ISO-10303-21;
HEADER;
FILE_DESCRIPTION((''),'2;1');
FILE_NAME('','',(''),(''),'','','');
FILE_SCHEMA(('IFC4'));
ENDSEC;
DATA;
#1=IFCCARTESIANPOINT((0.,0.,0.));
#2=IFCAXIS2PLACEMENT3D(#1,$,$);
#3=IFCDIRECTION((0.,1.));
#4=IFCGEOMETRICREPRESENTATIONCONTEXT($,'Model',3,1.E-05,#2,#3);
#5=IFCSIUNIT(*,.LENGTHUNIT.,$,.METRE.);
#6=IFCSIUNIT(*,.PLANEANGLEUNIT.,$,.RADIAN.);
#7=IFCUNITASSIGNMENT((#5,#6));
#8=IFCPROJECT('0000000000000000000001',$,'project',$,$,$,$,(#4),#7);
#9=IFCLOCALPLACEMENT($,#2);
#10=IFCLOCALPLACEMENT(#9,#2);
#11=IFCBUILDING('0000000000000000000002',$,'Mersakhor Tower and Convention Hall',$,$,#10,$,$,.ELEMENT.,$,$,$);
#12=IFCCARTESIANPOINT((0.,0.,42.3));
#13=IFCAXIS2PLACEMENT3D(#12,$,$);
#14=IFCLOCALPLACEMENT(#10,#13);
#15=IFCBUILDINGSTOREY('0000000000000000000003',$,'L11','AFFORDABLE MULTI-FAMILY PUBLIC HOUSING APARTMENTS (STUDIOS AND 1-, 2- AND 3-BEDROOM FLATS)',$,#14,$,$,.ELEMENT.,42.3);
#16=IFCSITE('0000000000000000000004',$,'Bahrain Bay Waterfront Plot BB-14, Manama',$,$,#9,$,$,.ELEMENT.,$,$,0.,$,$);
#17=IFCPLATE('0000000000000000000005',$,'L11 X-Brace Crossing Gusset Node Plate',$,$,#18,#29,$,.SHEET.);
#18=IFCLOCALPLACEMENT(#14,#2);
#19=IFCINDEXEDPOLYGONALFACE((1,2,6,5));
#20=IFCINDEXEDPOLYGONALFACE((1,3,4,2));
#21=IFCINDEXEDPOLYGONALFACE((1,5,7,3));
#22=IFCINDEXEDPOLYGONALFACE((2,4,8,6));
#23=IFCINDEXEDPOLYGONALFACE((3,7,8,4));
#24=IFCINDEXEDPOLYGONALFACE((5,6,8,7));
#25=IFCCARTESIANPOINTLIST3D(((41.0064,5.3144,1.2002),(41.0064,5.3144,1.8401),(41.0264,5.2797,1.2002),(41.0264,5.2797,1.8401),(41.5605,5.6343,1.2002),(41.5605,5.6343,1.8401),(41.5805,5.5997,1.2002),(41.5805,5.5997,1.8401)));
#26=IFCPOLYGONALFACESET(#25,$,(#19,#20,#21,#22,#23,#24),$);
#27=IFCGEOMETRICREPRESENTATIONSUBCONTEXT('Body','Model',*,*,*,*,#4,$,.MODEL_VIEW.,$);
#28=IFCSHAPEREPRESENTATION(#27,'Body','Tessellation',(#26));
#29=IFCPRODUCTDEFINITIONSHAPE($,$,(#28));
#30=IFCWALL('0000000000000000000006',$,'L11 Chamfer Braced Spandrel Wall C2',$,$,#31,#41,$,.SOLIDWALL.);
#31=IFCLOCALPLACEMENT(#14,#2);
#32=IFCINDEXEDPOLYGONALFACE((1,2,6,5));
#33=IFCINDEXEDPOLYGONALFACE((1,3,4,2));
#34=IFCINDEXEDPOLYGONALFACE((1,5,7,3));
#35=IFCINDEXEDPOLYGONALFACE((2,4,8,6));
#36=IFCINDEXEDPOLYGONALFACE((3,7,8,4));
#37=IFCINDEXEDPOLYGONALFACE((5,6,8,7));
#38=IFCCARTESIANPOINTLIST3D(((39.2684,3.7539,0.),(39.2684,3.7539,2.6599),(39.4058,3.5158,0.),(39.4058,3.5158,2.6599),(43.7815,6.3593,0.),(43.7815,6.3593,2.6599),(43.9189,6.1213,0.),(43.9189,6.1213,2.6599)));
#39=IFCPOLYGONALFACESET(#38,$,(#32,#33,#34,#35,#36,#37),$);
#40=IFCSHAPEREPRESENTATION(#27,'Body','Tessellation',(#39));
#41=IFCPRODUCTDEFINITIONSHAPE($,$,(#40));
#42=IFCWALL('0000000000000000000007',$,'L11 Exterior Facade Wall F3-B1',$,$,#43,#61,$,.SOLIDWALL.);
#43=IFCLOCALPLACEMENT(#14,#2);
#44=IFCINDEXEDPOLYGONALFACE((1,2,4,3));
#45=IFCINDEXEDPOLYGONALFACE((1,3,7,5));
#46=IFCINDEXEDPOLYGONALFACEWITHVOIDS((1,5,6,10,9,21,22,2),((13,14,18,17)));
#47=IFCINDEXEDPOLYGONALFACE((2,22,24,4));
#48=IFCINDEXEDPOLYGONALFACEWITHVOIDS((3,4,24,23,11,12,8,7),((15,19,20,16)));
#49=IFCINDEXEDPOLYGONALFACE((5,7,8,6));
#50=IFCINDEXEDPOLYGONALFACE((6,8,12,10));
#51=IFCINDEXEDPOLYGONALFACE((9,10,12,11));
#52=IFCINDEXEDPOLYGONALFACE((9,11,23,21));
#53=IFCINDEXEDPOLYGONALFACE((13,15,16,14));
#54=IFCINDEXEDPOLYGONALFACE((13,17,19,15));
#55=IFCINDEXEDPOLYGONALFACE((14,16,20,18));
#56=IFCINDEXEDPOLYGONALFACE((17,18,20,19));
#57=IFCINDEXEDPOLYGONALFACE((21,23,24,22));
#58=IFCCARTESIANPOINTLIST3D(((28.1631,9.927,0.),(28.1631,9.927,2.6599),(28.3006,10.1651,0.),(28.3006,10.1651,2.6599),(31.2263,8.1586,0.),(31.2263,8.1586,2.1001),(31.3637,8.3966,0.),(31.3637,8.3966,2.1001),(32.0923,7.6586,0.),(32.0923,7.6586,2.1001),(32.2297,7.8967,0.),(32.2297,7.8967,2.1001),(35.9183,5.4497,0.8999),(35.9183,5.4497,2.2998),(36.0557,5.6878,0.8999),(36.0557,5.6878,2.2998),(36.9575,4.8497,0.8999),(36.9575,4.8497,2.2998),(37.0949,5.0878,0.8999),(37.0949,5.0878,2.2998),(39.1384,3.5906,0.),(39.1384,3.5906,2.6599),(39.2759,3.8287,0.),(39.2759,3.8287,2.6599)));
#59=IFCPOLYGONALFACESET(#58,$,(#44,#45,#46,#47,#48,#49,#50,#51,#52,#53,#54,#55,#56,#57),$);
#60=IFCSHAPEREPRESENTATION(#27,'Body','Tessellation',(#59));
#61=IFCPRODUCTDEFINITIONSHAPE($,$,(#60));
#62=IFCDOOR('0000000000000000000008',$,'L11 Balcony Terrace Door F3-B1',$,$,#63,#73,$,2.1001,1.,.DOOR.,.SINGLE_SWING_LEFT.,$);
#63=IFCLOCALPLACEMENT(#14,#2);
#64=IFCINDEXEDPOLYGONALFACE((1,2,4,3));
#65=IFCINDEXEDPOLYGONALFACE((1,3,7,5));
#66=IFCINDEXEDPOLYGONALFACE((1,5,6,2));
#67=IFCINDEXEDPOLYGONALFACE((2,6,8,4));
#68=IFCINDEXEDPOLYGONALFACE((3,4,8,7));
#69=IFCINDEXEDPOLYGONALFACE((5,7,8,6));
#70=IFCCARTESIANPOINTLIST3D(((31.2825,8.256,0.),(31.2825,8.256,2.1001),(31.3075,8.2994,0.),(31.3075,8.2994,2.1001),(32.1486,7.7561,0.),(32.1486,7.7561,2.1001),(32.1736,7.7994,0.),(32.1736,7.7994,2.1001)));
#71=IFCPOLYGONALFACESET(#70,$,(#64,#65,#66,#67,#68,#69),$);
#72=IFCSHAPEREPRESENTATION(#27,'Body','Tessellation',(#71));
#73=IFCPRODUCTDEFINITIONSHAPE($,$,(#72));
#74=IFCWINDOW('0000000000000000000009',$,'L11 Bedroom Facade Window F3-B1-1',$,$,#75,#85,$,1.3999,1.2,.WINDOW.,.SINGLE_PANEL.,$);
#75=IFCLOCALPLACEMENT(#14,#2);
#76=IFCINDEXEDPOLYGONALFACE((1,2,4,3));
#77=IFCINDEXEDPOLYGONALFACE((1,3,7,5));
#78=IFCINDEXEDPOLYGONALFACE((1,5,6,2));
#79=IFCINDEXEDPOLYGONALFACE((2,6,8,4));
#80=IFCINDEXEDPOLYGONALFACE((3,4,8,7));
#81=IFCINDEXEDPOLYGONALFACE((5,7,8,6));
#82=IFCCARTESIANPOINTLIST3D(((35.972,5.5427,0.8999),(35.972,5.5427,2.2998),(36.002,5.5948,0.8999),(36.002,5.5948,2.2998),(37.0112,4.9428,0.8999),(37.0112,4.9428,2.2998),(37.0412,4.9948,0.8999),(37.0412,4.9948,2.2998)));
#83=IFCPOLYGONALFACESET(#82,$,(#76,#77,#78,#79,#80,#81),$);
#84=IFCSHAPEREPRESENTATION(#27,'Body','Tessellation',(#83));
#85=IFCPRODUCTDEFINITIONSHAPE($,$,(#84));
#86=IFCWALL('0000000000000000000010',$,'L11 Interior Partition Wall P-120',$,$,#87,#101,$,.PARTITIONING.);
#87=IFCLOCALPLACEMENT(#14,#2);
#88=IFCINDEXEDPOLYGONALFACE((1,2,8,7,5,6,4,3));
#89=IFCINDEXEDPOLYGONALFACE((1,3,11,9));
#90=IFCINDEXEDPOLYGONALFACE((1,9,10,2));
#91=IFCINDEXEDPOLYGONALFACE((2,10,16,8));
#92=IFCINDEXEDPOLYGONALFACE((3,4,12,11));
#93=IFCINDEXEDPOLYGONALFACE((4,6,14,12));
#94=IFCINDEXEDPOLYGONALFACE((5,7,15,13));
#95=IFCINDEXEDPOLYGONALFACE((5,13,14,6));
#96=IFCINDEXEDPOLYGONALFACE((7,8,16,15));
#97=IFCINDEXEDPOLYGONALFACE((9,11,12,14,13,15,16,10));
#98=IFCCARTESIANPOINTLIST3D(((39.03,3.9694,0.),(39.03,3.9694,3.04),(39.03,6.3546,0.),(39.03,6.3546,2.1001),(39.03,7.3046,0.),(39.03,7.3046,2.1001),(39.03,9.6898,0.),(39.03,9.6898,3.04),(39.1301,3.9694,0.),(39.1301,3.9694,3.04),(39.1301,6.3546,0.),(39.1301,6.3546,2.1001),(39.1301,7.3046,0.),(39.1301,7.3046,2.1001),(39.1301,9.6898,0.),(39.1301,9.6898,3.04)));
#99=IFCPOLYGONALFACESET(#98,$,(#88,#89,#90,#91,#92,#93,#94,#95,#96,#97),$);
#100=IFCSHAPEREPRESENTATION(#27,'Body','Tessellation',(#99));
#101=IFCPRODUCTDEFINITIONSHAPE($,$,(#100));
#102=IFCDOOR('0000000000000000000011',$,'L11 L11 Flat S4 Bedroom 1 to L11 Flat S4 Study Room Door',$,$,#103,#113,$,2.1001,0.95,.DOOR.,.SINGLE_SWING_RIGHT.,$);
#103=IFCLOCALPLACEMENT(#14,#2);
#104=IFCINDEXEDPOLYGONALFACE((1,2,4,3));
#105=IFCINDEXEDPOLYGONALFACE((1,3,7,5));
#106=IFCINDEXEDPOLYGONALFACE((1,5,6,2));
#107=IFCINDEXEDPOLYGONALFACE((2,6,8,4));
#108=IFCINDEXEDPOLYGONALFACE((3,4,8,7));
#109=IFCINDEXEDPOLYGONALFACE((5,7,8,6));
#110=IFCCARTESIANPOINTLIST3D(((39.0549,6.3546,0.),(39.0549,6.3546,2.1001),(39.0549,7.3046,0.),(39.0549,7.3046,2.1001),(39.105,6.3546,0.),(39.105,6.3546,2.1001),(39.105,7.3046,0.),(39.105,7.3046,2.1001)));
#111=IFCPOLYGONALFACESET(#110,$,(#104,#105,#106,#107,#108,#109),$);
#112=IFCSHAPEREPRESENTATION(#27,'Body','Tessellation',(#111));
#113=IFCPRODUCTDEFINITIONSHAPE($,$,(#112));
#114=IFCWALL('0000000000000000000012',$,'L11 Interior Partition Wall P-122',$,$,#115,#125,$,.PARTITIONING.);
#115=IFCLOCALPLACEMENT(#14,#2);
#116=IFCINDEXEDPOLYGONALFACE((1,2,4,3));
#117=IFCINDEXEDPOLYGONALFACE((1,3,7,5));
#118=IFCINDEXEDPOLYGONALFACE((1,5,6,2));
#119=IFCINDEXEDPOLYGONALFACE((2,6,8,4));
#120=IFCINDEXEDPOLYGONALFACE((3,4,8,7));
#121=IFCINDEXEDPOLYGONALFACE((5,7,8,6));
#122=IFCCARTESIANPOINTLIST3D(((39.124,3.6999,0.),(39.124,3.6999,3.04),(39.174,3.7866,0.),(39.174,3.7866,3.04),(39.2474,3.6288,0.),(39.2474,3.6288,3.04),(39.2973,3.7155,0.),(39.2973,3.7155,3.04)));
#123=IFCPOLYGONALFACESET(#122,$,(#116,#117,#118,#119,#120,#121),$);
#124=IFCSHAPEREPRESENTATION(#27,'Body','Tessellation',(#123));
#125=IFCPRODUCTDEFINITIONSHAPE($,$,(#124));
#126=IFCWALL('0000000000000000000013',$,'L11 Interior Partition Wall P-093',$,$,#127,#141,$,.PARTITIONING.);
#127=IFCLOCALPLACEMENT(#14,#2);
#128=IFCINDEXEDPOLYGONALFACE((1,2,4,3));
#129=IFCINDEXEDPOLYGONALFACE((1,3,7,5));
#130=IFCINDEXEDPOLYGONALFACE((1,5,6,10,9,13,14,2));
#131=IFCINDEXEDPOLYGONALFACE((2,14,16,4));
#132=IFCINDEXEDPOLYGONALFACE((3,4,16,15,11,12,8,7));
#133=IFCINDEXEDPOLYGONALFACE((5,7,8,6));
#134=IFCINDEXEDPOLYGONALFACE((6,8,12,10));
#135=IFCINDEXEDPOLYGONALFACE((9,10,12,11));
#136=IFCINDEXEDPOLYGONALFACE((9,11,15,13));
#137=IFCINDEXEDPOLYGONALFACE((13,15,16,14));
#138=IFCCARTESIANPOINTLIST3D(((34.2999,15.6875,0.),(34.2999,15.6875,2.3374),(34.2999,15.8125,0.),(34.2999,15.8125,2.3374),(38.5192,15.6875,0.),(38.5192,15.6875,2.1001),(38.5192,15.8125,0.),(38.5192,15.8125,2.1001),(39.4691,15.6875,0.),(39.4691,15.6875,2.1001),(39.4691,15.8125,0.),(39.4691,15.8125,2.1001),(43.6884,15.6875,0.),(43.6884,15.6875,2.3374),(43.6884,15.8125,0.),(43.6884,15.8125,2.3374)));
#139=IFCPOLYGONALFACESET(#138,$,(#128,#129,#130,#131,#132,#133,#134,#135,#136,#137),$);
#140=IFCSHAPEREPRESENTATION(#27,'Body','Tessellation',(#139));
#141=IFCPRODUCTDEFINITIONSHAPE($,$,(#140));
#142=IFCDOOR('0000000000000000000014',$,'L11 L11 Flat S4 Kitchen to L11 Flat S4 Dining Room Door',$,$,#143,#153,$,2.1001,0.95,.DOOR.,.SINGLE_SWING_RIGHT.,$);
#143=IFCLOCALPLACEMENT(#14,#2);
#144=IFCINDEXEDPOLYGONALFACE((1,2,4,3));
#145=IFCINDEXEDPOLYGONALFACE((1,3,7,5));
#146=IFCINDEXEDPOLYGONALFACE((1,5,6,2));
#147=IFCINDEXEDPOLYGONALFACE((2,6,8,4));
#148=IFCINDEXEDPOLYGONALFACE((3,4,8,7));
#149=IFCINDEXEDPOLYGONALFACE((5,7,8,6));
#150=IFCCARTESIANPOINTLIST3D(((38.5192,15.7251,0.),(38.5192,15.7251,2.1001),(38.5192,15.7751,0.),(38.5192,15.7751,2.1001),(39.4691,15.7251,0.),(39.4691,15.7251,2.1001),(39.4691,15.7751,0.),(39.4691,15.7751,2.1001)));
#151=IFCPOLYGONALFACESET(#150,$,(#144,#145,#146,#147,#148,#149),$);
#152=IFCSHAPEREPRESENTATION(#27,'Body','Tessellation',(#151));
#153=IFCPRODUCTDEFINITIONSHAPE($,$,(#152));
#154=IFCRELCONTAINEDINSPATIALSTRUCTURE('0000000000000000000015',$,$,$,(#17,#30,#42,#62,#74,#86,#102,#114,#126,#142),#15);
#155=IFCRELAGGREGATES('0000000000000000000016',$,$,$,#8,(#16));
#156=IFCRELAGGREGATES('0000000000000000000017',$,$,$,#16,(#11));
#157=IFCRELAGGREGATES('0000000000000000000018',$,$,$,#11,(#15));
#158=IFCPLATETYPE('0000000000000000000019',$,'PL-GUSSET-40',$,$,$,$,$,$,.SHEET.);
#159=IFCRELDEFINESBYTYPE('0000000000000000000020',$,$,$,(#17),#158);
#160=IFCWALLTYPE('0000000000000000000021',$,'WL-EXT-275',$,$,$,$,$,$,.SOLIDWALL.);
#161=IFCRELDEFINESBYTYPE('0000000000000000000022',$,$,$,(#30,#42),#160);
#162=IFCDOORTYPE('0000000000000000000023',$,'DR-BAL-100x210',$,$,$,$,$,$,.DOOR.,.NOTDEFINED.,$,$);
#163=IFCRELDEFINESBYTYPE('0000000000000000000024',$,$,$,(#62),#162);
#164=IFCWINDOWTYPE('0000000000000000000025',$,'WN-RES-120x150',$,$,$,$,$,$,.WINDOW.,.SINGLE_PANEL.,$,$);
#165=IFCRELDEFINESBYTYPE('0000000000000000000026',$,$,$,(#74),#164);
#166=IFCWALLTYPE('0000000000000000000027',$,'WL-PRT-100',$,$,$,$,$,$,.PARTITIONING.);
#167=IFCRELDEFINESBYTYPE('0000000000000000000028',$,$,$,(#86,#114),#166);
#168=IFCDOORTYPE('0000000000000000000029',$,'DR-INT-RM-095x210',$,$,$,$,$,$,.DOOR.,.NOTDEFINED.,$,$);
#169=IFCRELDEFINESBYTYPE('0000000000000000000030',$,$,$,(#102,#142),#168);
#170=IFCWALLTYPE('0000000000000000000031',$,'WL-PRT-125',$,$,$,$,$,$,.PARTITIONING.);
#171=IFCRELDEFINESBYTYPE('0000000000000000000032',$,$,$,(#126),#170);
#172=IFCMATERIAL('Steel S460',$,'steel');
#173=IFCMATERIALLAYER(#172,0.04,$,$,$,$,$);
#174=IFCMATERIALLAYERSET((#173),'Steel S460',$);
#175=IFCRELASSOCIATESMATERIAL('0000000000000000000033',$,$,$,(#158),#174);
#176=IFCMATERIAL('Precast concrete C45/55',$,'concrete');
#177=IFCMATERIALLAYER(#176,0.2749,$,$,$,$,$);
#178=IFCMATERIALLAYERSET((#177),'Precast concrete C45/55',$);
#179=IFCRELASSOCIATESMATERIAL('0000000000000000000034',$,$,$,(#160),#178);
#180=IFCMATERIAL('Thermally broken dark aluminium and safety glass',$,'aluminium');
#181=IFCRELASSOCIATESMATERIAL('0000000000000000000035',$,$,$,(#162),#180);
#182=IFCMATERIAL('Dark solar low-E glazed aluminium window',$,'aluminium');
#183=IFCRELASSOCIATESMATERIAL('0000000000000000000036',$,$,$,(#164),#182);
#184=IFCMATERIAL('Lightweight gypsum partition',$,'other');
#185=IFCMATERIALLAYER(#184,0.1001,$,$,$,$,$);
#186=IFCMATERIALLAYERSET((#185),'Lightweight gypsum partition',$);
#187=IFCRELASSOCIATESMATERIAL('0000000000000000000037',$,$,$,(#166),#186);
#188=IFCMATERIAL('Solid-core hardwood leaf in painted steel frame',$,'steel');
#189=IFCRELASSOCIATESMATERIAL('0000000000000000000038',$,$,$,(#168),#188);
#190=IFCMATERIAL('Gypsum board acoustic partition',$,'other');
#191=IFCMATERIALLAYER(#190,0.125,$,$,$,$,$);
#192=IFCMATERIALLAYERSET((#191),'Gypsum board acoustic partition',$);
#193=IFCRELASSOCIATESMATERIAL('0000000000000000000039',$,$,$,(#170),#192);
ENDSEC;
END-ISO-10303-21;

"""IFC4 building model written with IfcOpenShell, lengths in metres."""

from ifc_helpers import new_model, si_unit, direction, frame, frame_2d, origin, origin_2d, place, context, subcontext, project, spatial, rectangle, extrude, material, layer, layer_set, type_object, element, fill, save


model = new_model("IFC4")

# Units and contexts
model_context = context("Model", 3, precision=1e-05, world=origin(), true_north=direction((0.0, 1.0)))
body_context = subcontext(model_context, "Body", "Model", "MODEL_VIEW")
ifc_project = project(units=[si_unit("LENGTHUNIT", "METRE"), si_unit("PLANEANGLEUNIT", "RADIAN")], contexts=[model_context])

# Site, building, storey
site_placement = place(None, origin())
site = spatial("IfcSite", under=ifc_project, at=site_placement, Name="Bahrain Bay Waterfront Plot BB-14, Manama", CompositionType="ELEMENT", RefElevation=0.0)
building_placement = place(site_placement, origin())
building = spatial("IfcBuilding", under=site, at=building_placement, Name="Mersakhor Tower and Convention Hall", CompositionType="ELEMENT")
storey_placement = place(building_placement, frame((0.0, 0.0, 42.3)))
storey = spatial("IfcBuildingStorey", under=building, at=storey_placement, Name="L11", Description="AFFORDABLE MULTI-FAMILY PUBLIC HOUSING APARTMENTS (STUDIOS AND 1-, 2- AND 3-BEDROOM FLATS)", CompositionType="ELEMENT", Elevation=42.3)

# Plate
ifc_material_1 = material(Name="Steel S460", Category="steel")
ifc_layer_1 = layer(ifc_material_1, 0.04)
ifc_layer_set_1 = layer_set([ifc_layer_1], Name="Steel S460")
plate_type_1 = type_object("IfcPlateType", Name="PL-GUSSET-40", PredefinedType="SHEET", material=ifc_layer_set_1)
plate_1_placement = place(storey_placement, frame((41.2935, 5.457, 1.2002), z_axis=(0.0, 0.0, 1.0), x_axis=(0.866025, 0.5, 0.0)))
element("IfcPlate", 1, at=plate_1_placement, inside=storey, type_object=plate_type_1, Name="L11 X-Brace Crossing Gusset Node Plate", PredefinedType="SHEET", context=body_context, shape_type="SweptSolid", body=[
    extrude(rectangle(XDim=0.6399, YDim=0.04, at=origin_2d()), origin(), (0.0, 0.0, 1.0), 0.6399),
])

# Wall
ifc_material_2 = material(Name="Precast concrete C45/55", Category="concrete")
ifc_layer_2 = layer(ifc_material_2, 0.2749)
ifc_layer_set_2 = layer_set([ifc_layer_2], Name="Precast concrete C45/55")
wall_type_1 = type_object("IfcWallType", Name="WL-EXT-275", PredefinedType="SOLIDWALL", material=ifc_layer_set_2)
wall_1_placement = place(storey_placement, frame((43.8501, 6.2402, 0.0), z_axis=(0.0, 0.0, 1.0), x_axis=(-0.866044, -0.499968, 0.0)))
element("IfcWall", 2, at=wall_1_placement, inside=storey, type_object=wall_type_1, Name="L11 Chamfer Braced Spandrel Wall C2", PredefinedType="SOLIDWALL", context=body_context, shape_type="SweptSolid", body=[
    extrude(rectangle(XDim=5.2112, YDim=0.2749, at=frame_2d((2.6055, 0.0))), origin(), (0.0, 0.0, 1.0), 2.6599),
])

# Wall, openings, door, window
wall_2_placement = place(storey_placement, frame((39.207, 3.7097, 0.0), z_axis=(0.0, 0.0, 1.0), x_axis=(-0.866032, 0.499989, 0.0)))
wall_2 = element("IfcWall", 3, at=wall_2_placement, inside=storey, type_object=wall_type_1, Name="L11 Exterior Facade Wall F3-B1", PredefinedType="SOLIDWALL", context=body_context, shape_type="SweptSolid", body=[
    extrude(rectangle(XDim=12.6731, YDim=0.2749, at=frame_2d((6.3364, 0.0))), origin(), (0.0, 0.0, 1.0), 2.6599),
])
opening_1_placement = place(wall_2_placement, frame((8.136, 0.0, 0.0)))
opening_1 = element("IfcOpeningElement", 4, at=opening_1_placement, cuts=wall_2, PredefinedType="OPENING", context=body_context, shape_type="SweptSolid", body=[
    extrude(rectangle(XDim=1.0, YDim=2.1001, at=frame_2d((0.5, 1.05))), frame((0.0, 0.1475, 0.0), z_axis=(0.0, -1.0, 0.0), x_axis=(1.0, 0.0, 0.0)), (0.0, 0.0, 1.0), 0.2949),
])
opening_2_placement = place(wall_2_placement, frame((2.5181, 0.0, 0.8999)))
opening_2 = element("IfcOpeningElement", 5, at=opening_2_placement, cuts=wall_2, PredefinedType="OPENING", context=body_context, shape_type="SweptSolid", body=[
    extrude(rectangle(XDim=1.2, YDim=1.3999, at=frame_2d((0.6001, 0.7))), frame((0.0, 0.1475, 0.0), z_axis=(0.0, -1.0, 0.0), x_axis=(1.0, 0.0, 0.0)), (0.0, 0.0, 1.0), 0.2949),
])
ifc_material_3 = material(Name="Thermally broken dark aluminium and safety glass", Category="aluminium")
door_type_1 = type_object("IfcDoorType", Name="DR-BAL-100x210", OperationType="NOTDEFINED", PredefinedType="DOOR", material=ifc_material_3)
door_1_placement = place(opening_1_placement, origin())
door_1 = element("IfcDoor", 6, at=door_1_placement, inside=storey, type_object=door_type_1, Name="L11 Balcony Terrace Door F3-B1", OperationType="SINGLE_SWING_LEFT", OverallHeight=2.1001, OverallWidth=1.0, PredefinedType="DOOR", context=body_context, shape_type="SweptSolid", body=[
    extrude(rectangle(XDim=1.0, YDim=2.1001, at=frame_2d((0.5, 1.05))), frame((0.0, 0.0249, 0.0), z_axis=(0.0, -1.0, 0.0), x_axis=(1.0, 0.0, 0.0)), (0.0, 0.0, 1.0), 0.05),
])
fill(opening_1, door_1)
ifc_material_4 = material(Name="Dark solar low-E glazed aluminium window", Category="aluminium")
window_type = type_object("IfcWindowType", Name="WN-RES-120x150", PartitioningType="SINGLE_PANEL", PredefinedType="WINDOW", material=ifc_material_4)
window_placement = place(opening_2_placement, origin())
window = element("IfcWindow", 7, at=window_placement, inside=storey, type_object=window_type, Name="L11 Bedroom Facade Window F3-B1-1", OverallHeight=1.3999, OverallWidth=1.2, PartitioningType="SINGLE_PANEL", PredefinedType="WINDOW", context=body_context, shape_type="SweptSolid", body=[
    extrude(rectangle(XDim=1.2, YDim=1.3999, at=frame_2d((0.6001, 0.7))), frame((0.0, 0.03, 0.0), z_axis=(0.0, -1.0, 0.0), x_axis=(1.0, 0.0, 0.0)), (0.0, 0.0, 1.0), 0.0601),
])
fill(opening_2, window)

# Wall, opening, door
ifc_material_5 = material(Name="Lightweight gypsum partition", Category="other")
ifc_layer_3 = layer(ifc_material_5, 0.1001)
ifc_layer_set_3 = layer_set([ifc_layer_3], Name="Lightweight gypsum partition")
wall_type_2 = type_object("IfcWallType", Name="WL-PRT-100", PredefinedType="PARTITIONING", material=ifc_layer_set_3)
wall_3_placement = place(storey_placement, frame((39.0801, 9.6899, 0.0), z_axis=(0.0, 0.0, 1.0), x_axis=(0.0, -1.0, 0.0)))
wall_3 = element("IfcWall", 8, at=wall_3_placement, inside=storey, type_object=wall_type_2, Name="L11 Interior Partition Wall P-120", PredefinedType="PARTITIONING", context=body_context, shape_type="SweptSolid", body=[
    extrude(rectangle(XDim=5.7205, YDim=0.1001, at=frame_2d((2.8604, 0.0))), origin(), (0.0, 0.0, 1.0), 3.04),
])
opening_3_placement = place(wall_3_placement, frame((2.3853, 0.0, 0.0)))
opening_3 = element("IfcOpeningElement", 9, at=opening_3_placement, cuts=wall_3, PredefinedType="OPENING", context=body_context, shape_type="SweptSolid", body=[
    extrude(rectangle(XDim=0.95, YDim=2.1001, at=frame_2d((0.4751, 1.05))), frame((0.0, 0.0601, 0.0), z_axis=(0.0, -1.0, 0.0), x_axis=(1.0, 0.0, 0.0)), (0.0, 0.0, 1.0), 0.1201),
])
ifc_material_6 = material(Name="Solid-core hardwood leaf in painted steel frame", Category="steel")
door_type_2 = type_object("IfcDoorType", Name="DR-INT-RM-095x210", OperationType="NOTDEFINED", PredefinedType="DOOR", material=ifc_material_6)
door_2_placement = place(opening_3_placement, origin())
door_2 = element("IfcDoor", 10, at=door_2_placement, inside=storey, type_object=door_type_2, Name="L11 L11 Flat S4 Bedroom 1 to L11 Flat S4 Study Room Door", OperationType="SINGLE_SWING_RIGHT", OverallHeight=2.1001, OverallWidth=0.95, PredefinedType="DOOR", context=body_context, shape_type="SweptSolid", body=[
    extrude(rectangle(XDim=0.95, YDim=2.1001, at=frame_2d((0.4751, 1.05))), frame((0.0, 0.0249, 0.0), z_axis=(0.0, -1.0, 0.0), x_axis=(1.0, 0.0, 0.0)), (0.0, 0.0, 1.0), 0.05),
])
fill(opening_3, door_2)

# Wall
wall_4_placement = place(storey_placement, frame((39.2725, 3.6721, 0.0), z_axis=(0.0, 0.0, 1.0), x_axis=(-0.866443, 0.499277, 0.0)))
element("IfcWall", 11, at=wall_4_placement, inside=storey, type_object=wall_type_2, Name="L11 Interior Partition Wall P-122", PredefinedType="PARTITIONING", context=body_context, shape_type="SweptSolid", body=[
    extrude(rectangle(XDim=0.1423, YDim=0.1001, at=frame_2d((0.0713, 0.0))), origin(), (0.0, 0.0, 1.0), 3.04),
])

# Wall, opening, door
ifc_material_7 = material(Name="Gypsum board acoustic partition", Category="other")
ifc_layer_4 = layer(ifc_material_7, 0.125)
ifc_layer_set_4 = layer_set([ifc_layer_4], Name="Gypsum board acoustic partition")
wall_type_3 = type_object("IfcWallType", Name="WL-PRT-125", PredefinedType="PARTITIONING", material=ifc_layer_set_4)
wall_5_placement = place(storey_placement, frame((43.6885, 15.75, 0.0), z_axis=(0.0, 0.0, 1.0), x_axis=(-1.0, 0.0, 0.0)))
wall_5 = element("IfcWall", 12, at=wall_5_placement, inside=storey, type_object=wall_type_3, Name="L11 Interior Partition Wall P-093", PredefinedType="PARTITIONING", context=body_context, shape_type="SweptSolid", body=[
    extrude(rectangle(XDim=9.3884, YDim=0.125, at=frame_2d((4.6943, 0.0))), origin(), (0.0, 0.0, 1.0), 2.3374),
])
opening_4_placement = place(wall_5_placement, frame((4.2192, 0.0, 0.0)))
opening_4 = element("IfcOpeningElement", 13, at=opening_4_placement, cuts=wall_5, PredefinedType="OPENING", context=body_context, shape_type="SweptSolid", body=[
    extrude(rectangle(XDim=0.95, YDim=2.1001, at=frame_2d((0.4751, 1.05))), frame((0.0, 0.0725, 0.0), z_axis=(0.0, -1.0, 0.0), x_axis=(1.0, 0.0, 0.0)), (0.0, 0.0, 1.0), 0.145),
])
door_3_placement = place(opening_4_placement, origin())
door_3 = element("IfcDoor", 14, at=door_3_placement, inside=storey, type_object=door_type_2, Name="L11 L11 Flat S4 Kitchen to L11 Flat S4 Dining Room Door", OperationType="SINGLE_SWING_RIGHT", OverallHeight=2.1001, OverallWidth=0.95, PredefinedType="DOOR", context=body_context, shape_type="SweptSolid", body=[
    extrude(rectangle(XDim=0.95, YDim=2.1001, at=frame_2d((0.4751, 1.05))), frame((0.0, 0.0249, 0.0), z_axis=(0.0, -1.0, 0.0), x_axis=(1.0, 0.0, 0.0)), (0.0, 0.0, 1.0), 0.05),
])
fill(opening_4, door_3)

save(model, "model.ifc")
